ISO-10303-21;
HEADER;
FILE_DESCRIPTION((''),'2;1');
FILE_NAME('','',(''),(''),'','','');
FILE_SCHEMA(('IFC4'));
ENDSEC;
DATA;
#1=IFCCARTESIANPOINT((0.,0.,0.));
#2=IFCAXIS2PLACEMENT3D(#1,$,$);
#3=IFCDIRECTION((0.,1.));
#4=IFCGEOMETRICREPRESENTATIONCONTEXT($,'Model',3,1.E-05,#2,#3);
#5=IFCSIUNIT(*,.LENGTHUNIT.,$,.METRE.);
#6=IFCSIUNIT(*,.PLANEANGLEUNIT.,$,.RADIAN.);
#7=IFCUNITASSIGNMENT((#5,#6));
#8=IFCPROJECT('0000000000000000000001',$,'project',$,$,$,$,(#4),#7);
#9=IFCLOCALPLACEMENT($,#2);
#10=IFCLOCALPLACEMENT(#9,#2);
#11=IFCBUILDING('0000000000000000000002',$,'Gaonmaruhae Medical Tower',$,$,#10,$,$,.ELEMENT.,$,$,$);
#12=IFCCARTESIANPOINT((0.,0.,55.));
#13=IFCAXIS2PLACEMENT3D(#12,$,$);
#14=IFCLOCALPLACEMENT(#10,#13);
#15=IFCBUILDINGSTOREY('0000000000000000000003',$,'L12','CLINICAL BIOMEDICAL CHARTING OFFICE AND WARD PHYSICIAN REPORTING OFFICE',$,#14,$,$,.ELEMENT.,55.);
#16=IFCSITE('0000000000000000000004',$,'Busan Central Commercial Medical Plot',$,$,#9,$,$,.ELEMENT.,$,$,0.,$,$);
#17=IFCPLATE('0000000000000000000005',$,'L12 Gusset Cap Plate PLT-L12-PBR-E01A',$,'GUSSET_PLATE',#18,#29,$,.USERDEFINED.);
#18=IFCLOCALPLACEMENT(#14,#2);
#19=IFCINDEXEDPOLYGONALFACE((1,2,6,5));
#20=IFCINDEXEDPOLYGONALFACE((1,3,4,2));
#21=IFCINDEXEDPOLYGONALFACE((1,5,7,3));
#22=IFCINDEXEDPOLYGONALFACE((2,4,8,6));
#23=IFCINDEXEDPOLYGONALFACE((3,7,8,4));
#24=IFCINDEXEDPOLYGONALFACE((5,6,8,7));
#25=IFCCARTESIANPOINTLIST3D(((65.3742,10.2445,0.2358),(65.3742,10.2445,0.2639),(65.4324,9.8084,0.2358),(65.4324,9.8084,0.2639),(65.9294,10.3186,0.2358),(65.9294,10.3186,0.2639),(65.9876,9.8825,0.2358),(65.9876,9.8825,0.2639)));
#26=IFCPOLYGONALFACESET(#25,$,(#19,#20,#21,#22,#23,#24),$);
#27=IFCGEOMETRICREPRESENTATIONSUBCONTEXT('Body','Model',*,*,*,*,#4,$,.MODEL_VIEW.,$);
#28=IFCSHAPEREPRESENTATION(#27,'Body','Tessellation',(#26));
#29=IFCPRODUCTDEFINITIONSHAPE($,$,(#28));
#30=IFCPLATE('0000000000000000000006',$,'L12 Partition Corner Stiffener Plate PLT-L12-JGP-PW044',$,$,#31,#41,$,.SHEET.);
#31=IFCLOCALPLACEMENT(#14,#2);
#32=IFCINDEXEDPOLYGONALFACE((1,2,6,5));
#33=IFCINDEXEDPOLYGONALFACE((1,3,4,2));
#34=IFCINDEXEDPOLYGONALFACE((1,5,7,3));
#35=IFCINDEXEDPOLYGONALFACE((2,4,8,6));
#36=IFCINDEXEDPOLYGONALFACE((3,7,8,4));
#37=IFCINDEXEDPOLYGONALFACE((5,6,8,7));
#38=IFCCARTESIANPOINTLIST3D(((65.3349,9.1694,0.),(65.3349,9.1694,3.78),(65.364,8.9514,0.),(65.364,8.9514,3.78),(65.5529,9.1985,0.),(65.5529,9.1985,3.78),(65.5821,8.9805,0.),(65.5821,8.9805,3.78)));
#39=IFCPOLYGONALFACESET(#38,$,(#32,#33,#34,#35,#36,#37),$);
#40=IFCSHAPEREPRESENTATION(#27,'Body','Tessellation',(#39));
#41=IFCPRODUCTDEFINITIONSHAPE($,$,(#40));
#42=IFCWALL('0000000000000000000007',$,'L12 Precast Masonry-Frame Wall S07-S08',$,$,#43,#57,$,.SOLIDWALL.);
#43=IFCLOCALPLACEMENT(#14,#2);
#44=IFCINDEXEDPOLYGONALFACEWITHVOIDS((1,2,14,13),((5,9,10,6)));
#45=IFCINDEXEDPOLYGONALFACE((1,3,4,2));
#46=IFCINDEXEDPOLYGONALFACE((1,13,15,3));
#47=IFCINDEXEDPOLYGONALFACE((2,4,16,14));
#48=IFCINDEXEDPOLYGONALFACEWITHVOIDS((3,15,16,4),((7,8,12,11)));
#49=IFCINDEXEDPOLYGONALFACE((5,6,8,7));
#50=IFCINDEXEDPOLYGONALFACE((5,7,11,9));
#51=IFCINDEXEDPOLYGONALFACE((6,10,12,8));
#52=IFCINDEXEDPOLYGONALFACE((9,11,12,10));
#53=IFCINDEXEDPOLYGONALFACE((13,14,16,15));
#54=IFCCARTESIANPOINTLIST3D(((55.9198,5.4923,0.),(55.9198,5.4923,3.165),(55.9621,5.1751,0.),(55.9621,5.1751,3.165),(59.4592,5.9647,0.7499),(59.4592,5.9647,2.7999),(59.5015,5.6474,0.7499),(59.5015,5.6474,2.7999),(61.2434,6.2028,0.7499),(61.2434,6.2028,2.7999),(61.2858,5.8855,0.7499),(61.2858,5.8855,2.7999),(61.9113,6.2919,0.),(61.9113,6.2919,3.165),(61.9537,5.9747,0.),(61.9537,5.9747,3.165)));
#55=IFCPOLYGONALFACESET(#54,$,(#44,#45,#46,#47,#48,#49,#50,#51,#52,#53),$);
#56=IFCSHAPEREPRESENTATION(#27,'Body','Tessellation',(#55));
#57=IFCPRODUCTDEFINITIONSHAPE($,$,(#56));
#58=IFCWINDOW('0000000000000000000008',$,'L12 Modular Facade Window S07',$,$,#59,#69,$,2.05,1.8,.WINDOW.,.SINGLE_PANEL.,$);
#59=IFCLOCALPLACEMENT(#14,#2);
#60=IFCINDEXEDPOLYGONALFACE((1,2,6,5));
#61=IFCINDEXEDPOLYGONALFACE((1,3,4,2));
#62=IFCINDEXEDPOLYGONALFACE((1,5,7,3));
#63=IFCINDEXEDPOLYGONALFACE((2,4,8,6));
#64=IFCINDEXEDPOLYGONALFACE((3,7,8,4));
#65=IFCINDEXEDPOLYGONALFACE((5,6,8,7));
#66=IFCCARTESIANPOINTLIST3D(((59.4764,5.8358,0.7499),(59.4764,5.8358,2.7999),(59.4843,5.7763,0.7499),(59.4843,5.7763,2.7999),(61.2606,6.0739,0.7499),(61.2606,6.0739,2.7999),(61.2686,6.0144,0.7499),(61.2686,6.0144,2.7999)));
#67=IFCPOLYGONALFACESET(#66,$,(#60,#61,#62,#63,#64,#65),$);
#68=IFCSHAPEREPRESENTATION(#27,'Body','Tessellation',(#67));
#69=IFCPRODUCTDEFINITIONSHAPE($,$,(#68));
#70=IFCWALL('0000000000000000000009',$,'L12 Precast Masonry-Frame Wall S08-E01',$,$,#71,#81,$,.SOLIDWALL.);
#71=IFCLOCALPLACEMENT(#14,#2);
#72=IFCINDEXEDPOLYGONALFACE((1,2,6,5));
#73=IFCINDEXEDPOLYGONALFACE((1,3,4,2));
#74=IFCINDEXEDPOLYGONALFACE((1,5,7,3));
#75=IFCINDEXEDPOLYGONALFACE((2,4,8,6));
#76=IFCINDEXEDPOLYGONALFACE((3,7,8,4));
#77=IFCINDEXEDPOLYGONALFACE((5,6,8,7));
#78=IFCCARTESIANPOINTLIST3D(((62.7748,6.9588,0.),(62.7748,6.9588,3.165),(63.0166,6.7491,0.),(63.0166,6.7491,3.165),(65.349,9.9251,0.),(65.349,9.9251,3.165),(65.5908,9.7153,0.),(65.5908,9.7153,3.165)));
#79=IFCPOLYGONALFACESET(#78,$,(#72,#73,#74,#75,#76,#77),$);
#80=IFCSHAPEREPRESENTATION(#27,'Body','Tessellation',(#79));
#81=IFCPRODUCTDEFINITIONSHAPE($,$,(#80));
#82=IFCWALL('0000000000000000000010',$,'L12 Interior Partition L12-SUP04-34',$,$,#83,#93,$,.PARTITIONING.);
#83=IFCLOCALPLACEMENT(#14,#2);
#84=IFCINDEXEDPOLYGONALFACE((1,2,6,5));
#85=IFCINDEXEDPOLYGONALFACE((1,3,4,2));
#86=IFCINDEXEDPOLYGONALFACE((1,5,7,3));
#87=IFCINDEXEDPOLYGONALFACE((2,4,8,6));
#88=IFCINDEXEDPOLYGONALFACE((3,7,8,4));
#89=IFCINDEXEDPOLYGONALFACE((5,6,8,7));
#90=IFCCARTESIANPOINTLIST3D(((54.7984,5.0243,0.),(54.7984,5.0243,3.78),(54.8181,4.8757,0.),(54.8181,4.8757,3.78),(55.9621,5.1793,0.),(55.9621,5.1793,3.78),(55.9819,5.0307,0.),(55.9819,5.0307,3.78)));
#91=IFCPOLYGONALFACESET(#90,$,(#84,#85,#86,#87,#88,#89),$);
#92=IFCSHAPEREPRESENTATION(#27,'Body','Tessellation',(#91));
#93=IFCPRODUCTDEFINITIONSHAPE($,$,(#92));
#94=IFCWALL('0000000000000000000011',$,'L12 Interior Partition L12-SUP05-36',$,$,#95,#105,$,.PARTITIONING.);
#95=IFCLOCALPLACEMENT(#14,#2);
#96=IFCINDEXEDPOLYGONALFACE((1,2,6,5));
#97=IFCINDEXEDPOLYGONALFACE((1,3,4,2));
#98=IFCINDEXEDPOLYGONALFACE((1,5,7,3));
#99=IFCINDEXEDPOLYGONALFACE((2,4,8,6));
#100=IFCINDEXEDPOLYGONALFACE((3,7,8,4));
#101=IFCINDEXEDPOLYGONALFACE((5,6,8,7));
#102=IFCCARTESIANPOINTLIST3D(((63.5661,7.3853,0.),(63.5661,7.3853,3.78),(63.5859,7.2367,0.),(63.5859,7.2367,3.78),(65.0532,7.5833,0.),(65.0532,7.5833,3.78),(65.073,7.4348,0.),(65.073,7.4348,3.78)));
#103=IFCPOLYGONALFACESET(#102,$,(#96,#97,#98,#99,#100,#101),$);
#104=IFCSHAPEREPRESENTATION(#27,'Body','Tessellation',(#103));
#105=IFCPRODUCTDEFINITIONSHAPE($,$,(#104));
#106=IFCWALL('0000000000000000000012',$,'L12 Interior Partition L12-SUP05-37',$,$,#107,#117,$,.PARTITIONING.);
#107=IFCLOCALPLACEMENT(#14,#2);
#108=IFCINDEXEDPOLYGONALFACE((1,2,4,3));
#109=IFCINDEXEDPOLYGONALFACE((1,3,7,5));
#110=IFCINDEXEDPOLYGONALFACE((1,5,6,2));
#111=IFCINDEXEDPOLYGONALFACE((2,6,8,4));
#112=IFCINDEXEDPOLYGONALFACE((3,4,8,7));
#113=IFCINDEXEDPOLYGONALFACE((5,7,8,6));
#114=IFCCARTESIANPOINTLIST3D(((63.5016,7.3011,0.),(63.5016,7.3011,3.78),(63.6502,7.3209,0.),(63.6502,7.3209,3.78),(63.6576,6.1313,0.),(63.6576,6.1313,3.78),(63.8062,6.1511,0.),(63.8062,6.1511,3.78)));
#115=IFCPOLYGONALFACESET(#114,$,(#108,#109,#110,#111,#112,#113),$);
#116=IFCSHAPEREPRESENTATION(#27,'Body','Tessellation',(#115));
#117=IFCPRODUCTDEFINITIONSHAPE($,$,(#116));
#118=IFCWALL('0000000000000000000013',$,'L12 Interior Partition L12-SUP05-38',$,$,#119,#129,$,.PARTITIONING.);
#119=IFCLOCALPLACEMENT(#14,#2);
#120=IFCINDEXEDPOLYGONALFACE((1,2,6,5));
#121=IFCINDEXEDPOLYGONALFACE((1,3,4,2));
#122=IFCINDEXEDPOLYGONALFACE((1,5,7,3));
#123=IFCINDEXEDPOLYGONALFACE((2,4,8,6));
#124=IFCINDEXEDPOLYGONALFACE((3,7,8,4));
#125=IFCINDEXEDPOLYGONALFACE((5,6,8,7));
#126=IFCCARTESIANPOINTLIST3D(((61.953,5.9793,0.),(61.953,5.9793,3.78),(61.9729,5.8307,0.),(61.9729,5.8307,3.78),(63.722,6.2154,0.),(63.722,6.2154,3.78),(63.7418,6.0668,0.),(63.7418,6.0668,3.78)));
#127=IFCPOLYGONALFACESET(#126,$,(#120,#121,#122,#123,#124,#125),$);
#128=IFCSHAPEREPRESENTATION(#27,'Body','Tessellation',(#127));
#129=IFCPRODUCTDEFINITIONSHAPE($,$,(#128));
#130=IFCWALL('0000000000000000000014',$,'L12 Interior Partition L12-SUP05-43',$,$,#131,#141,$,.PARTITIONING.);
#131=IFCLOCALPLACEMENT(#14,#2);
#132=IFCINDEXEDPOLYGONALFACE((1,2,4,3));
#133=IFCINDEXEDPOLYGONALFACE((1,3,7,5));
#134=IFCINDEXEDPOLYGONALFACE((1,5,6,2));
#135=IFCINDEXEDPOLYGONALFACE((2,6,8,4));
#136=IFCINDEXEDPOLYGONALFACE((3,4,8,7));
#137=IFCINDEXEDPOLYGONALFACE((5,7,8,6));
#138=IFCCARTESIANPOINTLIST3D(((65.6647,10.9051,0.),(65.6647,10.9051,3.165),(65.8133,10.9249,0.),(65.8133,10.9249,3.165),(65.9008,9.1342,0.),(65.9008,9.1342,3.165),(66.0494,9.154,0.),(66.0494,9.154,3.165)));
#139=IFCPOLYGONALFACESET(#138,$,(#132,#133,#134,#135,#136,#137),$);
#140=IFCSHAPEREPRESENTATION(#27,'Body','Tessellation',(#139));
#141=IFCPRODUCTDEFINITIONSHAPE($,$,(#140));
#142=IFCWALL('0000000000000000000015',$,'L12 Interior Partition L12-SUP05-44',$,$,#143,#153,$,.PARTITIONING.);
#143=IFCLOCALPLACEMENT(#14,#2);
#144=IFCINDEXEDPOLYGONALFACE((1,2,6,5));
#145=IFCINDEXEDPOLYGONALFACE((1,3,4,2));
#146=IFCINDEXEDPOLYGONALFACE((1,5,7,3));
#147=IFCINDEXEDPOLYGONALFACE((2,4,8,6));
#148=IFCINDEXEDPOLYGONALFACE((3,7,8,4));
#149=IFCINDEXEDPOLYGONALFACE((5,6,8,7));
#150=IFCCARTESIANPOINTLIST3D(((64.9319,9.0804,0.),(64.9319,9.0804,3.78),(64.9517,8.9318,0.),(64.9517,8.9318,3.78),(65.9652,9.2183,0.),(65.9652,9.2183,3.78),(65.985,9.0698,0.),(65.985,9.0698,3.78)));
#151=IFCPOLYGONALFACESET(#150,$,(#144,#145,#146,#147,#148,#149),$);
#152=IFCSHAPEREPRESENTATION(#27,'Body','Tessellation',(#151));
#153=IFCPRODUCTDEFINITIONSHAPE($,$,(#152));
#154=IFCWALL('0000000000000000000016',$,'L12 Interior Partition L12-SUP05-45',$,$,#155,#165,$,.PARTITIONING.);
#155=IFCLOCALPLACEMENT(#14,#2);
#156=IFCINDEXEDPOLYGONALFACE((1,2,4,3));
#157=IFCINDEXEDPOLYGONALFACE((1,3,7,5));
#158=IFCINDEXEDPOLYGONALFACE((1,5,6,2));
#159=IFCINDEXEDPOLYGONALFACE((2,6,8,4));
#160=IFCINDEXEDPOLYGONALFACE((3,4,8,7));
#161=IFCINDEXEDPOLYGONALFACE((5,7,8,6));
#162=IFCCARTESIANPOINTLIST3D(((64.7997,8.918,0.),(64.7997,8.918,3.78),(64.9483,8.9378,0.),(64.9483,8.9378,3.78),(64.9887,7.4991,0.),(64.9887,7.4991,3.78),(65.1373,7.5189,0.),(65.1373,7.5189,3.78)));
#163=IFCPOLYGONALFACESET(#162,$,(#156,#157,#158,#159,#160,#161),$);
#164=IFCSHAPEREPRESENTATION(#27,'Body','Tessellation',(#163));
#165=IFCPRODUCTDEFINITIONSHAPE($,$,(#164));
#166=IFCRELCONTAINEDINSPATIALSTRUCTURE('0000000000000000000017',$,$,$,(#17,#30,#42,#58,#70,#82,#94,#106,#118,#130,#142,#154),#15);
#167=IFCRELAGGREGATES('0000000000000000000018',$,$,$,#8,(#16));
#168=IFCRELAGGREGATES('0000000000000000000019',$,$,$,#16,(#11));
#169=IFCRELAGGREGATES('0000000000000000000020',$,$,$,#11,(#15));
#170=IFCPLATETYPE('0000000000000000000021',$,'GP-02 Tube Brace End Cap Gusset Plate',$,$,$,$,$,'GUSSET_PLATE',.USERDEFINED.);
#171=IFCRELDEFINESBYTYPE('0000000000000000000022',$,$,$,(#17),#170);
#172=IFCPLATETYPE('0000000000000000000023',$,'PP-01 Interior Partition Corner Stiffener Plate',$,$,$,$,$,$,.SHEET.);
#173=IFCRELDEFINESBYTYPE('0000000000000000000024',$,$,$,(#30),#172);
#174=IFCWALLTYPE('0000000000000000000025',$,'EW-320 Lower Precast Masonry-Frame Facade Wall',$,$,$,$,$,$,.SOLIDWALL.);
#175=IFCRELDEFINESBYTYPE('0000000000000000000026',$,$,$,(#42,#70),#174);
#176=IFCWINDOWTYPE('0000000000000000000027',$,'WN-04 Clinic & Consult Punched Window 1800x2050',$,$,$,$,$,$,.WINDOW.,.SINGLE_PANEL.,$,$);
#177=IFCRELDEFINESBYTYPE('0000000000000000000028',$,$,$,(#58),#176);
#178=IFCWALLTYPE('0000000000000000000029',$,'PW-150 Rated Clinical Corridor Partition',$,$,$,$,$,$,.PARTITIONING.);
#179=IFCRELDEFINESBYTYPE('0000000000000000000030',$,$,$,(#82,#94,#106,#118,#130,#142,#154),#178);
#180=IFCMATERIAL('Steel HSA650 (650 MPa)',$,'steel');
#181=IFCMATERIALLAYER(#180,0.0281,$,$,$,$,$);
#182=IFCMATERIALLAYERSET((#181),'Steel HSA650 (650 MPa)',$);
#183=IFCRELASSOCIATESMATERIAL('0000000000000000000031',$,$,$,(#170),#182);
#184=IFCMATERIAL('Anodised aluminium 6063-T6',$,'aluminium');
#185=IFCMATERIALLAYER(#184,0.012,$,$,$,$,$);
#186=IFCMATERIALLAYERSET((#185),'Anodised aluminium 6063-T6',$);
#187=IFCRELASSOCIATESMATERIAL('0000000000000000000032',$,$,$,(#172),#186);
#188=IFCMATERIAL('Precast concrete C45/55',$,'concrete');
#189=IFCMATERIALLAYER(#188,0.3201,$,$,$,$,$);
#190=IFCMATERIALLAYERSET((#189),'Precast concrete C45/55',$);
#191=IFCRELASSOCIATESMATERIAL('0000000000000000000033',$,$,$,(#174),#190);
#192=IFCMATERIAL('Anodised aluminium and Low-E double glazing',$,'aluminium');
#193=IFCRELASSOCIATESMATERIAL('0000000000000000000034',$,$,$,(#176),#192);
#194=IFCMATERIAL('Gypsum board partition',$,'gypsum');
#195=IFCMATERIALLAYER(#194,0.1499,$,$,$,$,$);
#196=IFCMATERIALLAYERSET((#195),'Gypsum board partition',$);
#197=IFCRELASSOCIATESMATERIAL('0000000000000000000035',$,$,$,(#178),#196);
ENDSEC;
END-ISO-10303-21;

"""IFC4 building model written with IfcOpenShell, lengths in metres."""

from ifc_helpers import new_model, si_unit, direction, frame, frame_2d, origin, origin_2d, place, context, subcontext, project, spatial, rectangle, extrude, material, layer, layer_set, type_object, element, fill, save


model = new_model("IFC4")

# Units and contexts
model_context = context("Model", 3, precision=1e-05, world=origin(), true_north=direction((0.0, 1.0)))
body_context = subcontext(model_context, "Body", "Model", "MODEL_VIEW")
ifc_project = project(units=[si_unit("LENGTHUNIT", "METRE"), si_unit("PLANEANGLEUNIT", "RADIAN")], contexts=[model_context])

# Site, building, storey
site_placement = place(None, origin())
site = spatial("IfcSite", under=ifc_project, at=site_placement, Name="Busan Central Commercial Medical Plot", CompositionType="ELEMENT", RefElevation=0.0)
building_placement = place(site_placement, origin())
building = spatial("IfcBuilding", under=site, at=building_placement, Name="Gaonmaruhae Medical Tower", CompositionType="ELEMENT")
storey_placement = place(building_placement, frame((0.0, 0.0, 55.0)))
storey = spatial("IfcBuildingStorey", under=building, at=storey_placement, Name="L12", Description="CLINICAL BIOMEDICAL CHARTING OFFICE AND WARD PHYSICIAN REPORTING OFFICE", CompositionType="ELEMENT", Elevation=55.0)

# Plates
ifc_material_1 = material(Name="Steel HSA650 (650 MPa)", Category="steel")
ifc_layer_1 = layer(ifc_material_1, 0.0281)
ifc_layer_set_1 = layer_set([ifc_layer_1], Name="Steel HSA650 (650 MPa)")
plate_type_1 = type_object("IfcPlateType", Name="GP-02 Tube Brace End Cap Gusset Plate", ElementType="GUSSET_PLATE", PredefinedType="USERDEFINED", material=ifc_layer_set_1)
plate_1_placement = place(storey_placement, frame((65.6809, 10.0635, 0.2358), z_axis=(0.0, 0.0, 1.0), x_axis=(0.991216, 0.132256, 0.0)))
element("IfcPlate", 1, at=plate_1_placement, inside=storey, type_object=plate_type_1, Name="L12 Gusset Cap Plate PLT-L12-PBR-E01A", ObjectType="GUSSET_PLATE", PredefinedType="USERDEFINED", context=body_context, shape_type="SweptSolid", body=[
    extrude(rectangle(XDim=0.5601, YDim=0.4399, at=origin_2d()), origin(), (0.0, 0.0, 1.0), 0.0281),
])
ifc_material_2 = material(Name="Anodised aluminium 6063-T6", Category="aluminium")
ifc_layer_2 = layer(ifc_material_2, 0.012)
ifc_layer_set_2 = layer_set([ifc_layer_2], Name="Anodised aluminium 6063-T6")
plate_type_2 = type_object("IfcPlateType", Name="PP-01 Interior Partition Corner Stiffener Plate", PredefinedType="SHEET", material=ifc_layer_set_2)
plate_2_placement = place(storey_placement, frame((65.4585, 9.075, 0.0), z_axis=(0.0, 0.0, 1.0), x_axis=(-0.991195, -0.132412, 0.0)))
element("IfcPlate", 2, at=plate_2_placement, inside=storey, type_object=plate_type_2, Name="L12 Partition Corner Stiffener Plate PLT-L12-JGP-PW044", PredefinedType="SHEET", context=body_context, shape_type="SweptSolid", body=[
    extrude(rectangle(XDim=0.22, YDim=0.22, at=origin_2d()), origin(), (0.0, 0.0, 1.0), 3.78),
])

# Wall, opening, window
ifc_material_3 = material(Name="Precast concrete C45/55", Category="concrete")
ifc_layer_3 = layer(ifc_material_3, 0.3201)
ifc_layer_set_3 = layer_set([ifc_layer_3], Name="Precast concrete C45/55")
wall_type_1 = type_object("IfcWallType", Name="EW-320 Lower Precast Masonry-Frame Facade Wall", PredefinedType="SOLIDWALL", material=ifc_layer_set_3)
wall_1_placement = place(storey_placement, frame((61.9326, 6.1333, 0.0), z_axis=(0.0, 0.0, 1.0), x_axis=(-0.991213, -0.132277, 0.0)))
wall_1 = element("IfcWall", 3, at=wall_1_placement, inside=storey, type_object=wall_type_1, Name="L12 Precast Masonry-Frame Wall S07-S08", PredefinedType="SOLIDWALL", context=body_context, shape_type="SweptSolid", body=[
    extrude(rectangle(XDim=6.0447, YDim=0.3201, at=frame_2d((3.0225, 0.0))), origin(), (0.0, 0.0, 1.0), 3.165),
])
opening_placement = place(wall_1_placement, frame((0.6741, 0.0, 0.75)))
opening = element("IfcOpeningElement", 4, at=opening_placement, cuts=wall_1, PredefinedType="OPENING", context=body_context, shape_type="SweptSolid", body=[
    extrude(rectangle(XDim=1.8, YDim=2.05, at=frame_2d((0.8999, 1.0249))), frame((0.0, 0.1699, 0.0), z_axis=(0.0, -1.0, 0.0), x_axis=(1.0, 0.0, 0.0)), (0.0, 0.0, 1.0), 0.3401),
])
ifc_material_4 = material(Name="Anodised aluminium and Low-E double glazing", Category="aluminium")
window_type = type_object("IfcWindowType", Name="WN-04 Clinic & Consult Punched Window 1800x2050", PartitioningType="SINGLE_PANEL", PredefinedType="WINDOW", material=ifc_material_4)
window_placement = place(opening_placement, origin())
window = element("IfcWindow", 5, at=window_placement, inside=storey, type_object=window_type, Name="L12 Modular Facade Window S07", OverallHeight=2.05, OverallWidth=1.8, PartitioningType="SINGLE_PANEL", PredefinedType="WINDOW", context=body_context, shape_type="SweptSolid", body=[
    extrude(rectangle(XDim=1.8, YDim=2.05, at=frame_2d((0.8999, 1.0249))), frame((0.0, 0.03, 0.0), z_axis=(0.0, -1.0, 0.0), x_axis=(1.0, 0.0, 0.0)), (0.0, 0.0, 1.0), 0.0601),
])
fill(opening, window)

# Walls
wall_2_placement = place(storey_placement, frame((65.47, 9.8203, 0.0), z_axis=(0.0, 0.0, 1.0), x_axis=(-0.655427, -0.755258, 0.0)))
element("IfcWall", 6, at=wall_2_placement, inside=storey, type_object=wall_type_1, Name="L12 Precast Masonry-Frame Wall S08-E01", PredefinedType="SOLIDWALL", context=body_context, shape_type="SweptSolid", body=[
    extrude(rectangle(XDim=3.9275, YDim=0.3201, at=frame_2d((1.9639, 0.0))), origin(), (0.0, 0.0, 1.0), 3.165),
])
ifc_material_5 = material(Name="Gypsum board partition", Category="gypsum")
ifc_layer_4 = layer(ifc_material_5, 0.1499)
ifc_layer_set_4 = layer_set([ifc_layer_4], Name="Gypsum board partition")
wall_type_2 = type_object("IfcWallType", Name="PW-150 Rated Clinical Corridor Partition", PredefinedType="PARTITIONING", material=ifc_layer_set_4)
wall_3_placement = place(storey_placement, frame((55.9719, 5.105, 0.0), z_axis=(0.0, 0.0, 1.0), x_axis=(-0.991244, -0.132041, 0.0)))
element("IfcWall", 7, at=wall_3_placement, inside=storey, type_object=wall_type_2, Name="L12 Interior Partition L12-SUP04-34", PredefinedType="PARTITIONING", context=body_context, shape_type="SweptSolid", body=[
    extrude(rectangle(XDim=1.1741, YDim=0.1499, at=frame_2d((0.5869, 0.0))), origin(), (0.0, 0.0, 1.0), 3.78),
])
wall_4_placement = place(storey_placement, frame((65.063, 7.509, 0.0), z_axis=(0.0, 0.0, 1.0), x_axis=(-0.991252, -0.131983, 0.0)))
element("IfcWall", 8, at=wall_4_placement, inside=storey, type_object=wall_type_2, Name="L12 Interior Partition L12-SUP05-36", PredefinedType="PARTITIONING", context=body_context, shape_type="SweptSolid", body=[
    extrude(rectangle(XDim=1.5002, YDim=0.1499, at=frame_2d((0.75, 0.0))), origin(), (0.0, 0.0, 1.0), 3.78),
])
wall_5_placement = place(storey_placement, frame((63.5759, 7.311, 0.0), z_axis=(0.0, 0.0, 1.0), x_axis=(0.132177, -0.991226, 0.0)))
element("IfcWall", 9, at=wall_5_placement, inside=storey, type_object=wall_type_2, Name="L12 Interior Partition L12-SUP05-37", PredefinedType="PARTITIONING", context=body_context, shape_type="SweptSolid", body=[
    extrude(rectangle(XDim=1.1802, YDim=0.1499, at=frame_2d((0.5901, 0.0))), origin(), (0.0, 0.0, 1.0), 3.78),
])
wall_6_placement = place(storey_placement, frame((63.7319, 6.1411, 0.0), z_axis=(0.0, 0.0, 1.0), x_axis=(-0.991212, -0.13228, 0.0)))
element("IfcWall", 10, at=wall_6_placement, inside=storey, type_object=wall_type_2, Name="L12 Interior Partition L12-SUP05-38", PredefinedType="PARTITIONING", context=body_context, shape_type="SweptSolid", body=[
    extrude(rectangle(XDim=1.7847, YDim=0.1499, at=frame_2d((0.8923, 0.0))), origin(), (0.0, 0.0, 1.0), 3.78),
])
wall_7_placement = place(storey_placement, frame((65.739, 10.915, 0.0), z_axis=(0.0, 0.0, 1.0), x_axis=(0.132137, -0.991231, 0.0)))
element("IfcWall", 11, at=wall_7_placement, inside=storey, type_object=wall_type_2, Name="L12 Interior Partition L12-SUP05-43", PredefinedType="PARTITIONING", context=body_context, shape_type="SweptSolid", body=[
    extrude(rectangle(XDim=1.7866, YDim=0.1499, at=frame_2d((0.8933, 0.0))), origin(), (0.0, 0.0, 1.0), 3.165),
])
wall_8_placement = place(storey_placement, frame((65.9751, 9.144, 0.0), z_axis=(0.0, 0.0, 1.0), x_axis=(-0.991205, -0.132332, 0.0)))
element("IfcWall", 12, at=wall_8_placement, inside=storey, type_object=wall_type_2, Name="L12 Interior Partition L12-SUP05-44", PredefinedType="PARTITIONING", context=body_context, shape_type="SweptSolid", body=[
    extrude(rectangle(XDim=1.0425, YDim=0.1499, at=frame_2d((0.5212, 0.0))), origin(), (0.0, 0.0, 1.0), 3.78),
])
wall_9_placement = place(storey_placement, frame((64.874, 8.928, 0.0), z_axis=(0.0, 0.0, 1.0), x_axis=(0.132007, -0.991249, 0.0)))
element("IfcWall", 13, at=wall_9_placement, inside=storey, type_object=wall_type_2, Name="L12 Interior Partition L12-SUP05-45", PredefinedType="PARTITIONING", context=body_context, shape_type="SweptSolid", body=[
    extrude(rectangle(XDim=1.4314, YDim=0.1499, at=frame_2d((0.7158, 0.0))), origin(), (0.0, 0.0, 1.0), 3.78),
])

save(model, "model.ifc")
